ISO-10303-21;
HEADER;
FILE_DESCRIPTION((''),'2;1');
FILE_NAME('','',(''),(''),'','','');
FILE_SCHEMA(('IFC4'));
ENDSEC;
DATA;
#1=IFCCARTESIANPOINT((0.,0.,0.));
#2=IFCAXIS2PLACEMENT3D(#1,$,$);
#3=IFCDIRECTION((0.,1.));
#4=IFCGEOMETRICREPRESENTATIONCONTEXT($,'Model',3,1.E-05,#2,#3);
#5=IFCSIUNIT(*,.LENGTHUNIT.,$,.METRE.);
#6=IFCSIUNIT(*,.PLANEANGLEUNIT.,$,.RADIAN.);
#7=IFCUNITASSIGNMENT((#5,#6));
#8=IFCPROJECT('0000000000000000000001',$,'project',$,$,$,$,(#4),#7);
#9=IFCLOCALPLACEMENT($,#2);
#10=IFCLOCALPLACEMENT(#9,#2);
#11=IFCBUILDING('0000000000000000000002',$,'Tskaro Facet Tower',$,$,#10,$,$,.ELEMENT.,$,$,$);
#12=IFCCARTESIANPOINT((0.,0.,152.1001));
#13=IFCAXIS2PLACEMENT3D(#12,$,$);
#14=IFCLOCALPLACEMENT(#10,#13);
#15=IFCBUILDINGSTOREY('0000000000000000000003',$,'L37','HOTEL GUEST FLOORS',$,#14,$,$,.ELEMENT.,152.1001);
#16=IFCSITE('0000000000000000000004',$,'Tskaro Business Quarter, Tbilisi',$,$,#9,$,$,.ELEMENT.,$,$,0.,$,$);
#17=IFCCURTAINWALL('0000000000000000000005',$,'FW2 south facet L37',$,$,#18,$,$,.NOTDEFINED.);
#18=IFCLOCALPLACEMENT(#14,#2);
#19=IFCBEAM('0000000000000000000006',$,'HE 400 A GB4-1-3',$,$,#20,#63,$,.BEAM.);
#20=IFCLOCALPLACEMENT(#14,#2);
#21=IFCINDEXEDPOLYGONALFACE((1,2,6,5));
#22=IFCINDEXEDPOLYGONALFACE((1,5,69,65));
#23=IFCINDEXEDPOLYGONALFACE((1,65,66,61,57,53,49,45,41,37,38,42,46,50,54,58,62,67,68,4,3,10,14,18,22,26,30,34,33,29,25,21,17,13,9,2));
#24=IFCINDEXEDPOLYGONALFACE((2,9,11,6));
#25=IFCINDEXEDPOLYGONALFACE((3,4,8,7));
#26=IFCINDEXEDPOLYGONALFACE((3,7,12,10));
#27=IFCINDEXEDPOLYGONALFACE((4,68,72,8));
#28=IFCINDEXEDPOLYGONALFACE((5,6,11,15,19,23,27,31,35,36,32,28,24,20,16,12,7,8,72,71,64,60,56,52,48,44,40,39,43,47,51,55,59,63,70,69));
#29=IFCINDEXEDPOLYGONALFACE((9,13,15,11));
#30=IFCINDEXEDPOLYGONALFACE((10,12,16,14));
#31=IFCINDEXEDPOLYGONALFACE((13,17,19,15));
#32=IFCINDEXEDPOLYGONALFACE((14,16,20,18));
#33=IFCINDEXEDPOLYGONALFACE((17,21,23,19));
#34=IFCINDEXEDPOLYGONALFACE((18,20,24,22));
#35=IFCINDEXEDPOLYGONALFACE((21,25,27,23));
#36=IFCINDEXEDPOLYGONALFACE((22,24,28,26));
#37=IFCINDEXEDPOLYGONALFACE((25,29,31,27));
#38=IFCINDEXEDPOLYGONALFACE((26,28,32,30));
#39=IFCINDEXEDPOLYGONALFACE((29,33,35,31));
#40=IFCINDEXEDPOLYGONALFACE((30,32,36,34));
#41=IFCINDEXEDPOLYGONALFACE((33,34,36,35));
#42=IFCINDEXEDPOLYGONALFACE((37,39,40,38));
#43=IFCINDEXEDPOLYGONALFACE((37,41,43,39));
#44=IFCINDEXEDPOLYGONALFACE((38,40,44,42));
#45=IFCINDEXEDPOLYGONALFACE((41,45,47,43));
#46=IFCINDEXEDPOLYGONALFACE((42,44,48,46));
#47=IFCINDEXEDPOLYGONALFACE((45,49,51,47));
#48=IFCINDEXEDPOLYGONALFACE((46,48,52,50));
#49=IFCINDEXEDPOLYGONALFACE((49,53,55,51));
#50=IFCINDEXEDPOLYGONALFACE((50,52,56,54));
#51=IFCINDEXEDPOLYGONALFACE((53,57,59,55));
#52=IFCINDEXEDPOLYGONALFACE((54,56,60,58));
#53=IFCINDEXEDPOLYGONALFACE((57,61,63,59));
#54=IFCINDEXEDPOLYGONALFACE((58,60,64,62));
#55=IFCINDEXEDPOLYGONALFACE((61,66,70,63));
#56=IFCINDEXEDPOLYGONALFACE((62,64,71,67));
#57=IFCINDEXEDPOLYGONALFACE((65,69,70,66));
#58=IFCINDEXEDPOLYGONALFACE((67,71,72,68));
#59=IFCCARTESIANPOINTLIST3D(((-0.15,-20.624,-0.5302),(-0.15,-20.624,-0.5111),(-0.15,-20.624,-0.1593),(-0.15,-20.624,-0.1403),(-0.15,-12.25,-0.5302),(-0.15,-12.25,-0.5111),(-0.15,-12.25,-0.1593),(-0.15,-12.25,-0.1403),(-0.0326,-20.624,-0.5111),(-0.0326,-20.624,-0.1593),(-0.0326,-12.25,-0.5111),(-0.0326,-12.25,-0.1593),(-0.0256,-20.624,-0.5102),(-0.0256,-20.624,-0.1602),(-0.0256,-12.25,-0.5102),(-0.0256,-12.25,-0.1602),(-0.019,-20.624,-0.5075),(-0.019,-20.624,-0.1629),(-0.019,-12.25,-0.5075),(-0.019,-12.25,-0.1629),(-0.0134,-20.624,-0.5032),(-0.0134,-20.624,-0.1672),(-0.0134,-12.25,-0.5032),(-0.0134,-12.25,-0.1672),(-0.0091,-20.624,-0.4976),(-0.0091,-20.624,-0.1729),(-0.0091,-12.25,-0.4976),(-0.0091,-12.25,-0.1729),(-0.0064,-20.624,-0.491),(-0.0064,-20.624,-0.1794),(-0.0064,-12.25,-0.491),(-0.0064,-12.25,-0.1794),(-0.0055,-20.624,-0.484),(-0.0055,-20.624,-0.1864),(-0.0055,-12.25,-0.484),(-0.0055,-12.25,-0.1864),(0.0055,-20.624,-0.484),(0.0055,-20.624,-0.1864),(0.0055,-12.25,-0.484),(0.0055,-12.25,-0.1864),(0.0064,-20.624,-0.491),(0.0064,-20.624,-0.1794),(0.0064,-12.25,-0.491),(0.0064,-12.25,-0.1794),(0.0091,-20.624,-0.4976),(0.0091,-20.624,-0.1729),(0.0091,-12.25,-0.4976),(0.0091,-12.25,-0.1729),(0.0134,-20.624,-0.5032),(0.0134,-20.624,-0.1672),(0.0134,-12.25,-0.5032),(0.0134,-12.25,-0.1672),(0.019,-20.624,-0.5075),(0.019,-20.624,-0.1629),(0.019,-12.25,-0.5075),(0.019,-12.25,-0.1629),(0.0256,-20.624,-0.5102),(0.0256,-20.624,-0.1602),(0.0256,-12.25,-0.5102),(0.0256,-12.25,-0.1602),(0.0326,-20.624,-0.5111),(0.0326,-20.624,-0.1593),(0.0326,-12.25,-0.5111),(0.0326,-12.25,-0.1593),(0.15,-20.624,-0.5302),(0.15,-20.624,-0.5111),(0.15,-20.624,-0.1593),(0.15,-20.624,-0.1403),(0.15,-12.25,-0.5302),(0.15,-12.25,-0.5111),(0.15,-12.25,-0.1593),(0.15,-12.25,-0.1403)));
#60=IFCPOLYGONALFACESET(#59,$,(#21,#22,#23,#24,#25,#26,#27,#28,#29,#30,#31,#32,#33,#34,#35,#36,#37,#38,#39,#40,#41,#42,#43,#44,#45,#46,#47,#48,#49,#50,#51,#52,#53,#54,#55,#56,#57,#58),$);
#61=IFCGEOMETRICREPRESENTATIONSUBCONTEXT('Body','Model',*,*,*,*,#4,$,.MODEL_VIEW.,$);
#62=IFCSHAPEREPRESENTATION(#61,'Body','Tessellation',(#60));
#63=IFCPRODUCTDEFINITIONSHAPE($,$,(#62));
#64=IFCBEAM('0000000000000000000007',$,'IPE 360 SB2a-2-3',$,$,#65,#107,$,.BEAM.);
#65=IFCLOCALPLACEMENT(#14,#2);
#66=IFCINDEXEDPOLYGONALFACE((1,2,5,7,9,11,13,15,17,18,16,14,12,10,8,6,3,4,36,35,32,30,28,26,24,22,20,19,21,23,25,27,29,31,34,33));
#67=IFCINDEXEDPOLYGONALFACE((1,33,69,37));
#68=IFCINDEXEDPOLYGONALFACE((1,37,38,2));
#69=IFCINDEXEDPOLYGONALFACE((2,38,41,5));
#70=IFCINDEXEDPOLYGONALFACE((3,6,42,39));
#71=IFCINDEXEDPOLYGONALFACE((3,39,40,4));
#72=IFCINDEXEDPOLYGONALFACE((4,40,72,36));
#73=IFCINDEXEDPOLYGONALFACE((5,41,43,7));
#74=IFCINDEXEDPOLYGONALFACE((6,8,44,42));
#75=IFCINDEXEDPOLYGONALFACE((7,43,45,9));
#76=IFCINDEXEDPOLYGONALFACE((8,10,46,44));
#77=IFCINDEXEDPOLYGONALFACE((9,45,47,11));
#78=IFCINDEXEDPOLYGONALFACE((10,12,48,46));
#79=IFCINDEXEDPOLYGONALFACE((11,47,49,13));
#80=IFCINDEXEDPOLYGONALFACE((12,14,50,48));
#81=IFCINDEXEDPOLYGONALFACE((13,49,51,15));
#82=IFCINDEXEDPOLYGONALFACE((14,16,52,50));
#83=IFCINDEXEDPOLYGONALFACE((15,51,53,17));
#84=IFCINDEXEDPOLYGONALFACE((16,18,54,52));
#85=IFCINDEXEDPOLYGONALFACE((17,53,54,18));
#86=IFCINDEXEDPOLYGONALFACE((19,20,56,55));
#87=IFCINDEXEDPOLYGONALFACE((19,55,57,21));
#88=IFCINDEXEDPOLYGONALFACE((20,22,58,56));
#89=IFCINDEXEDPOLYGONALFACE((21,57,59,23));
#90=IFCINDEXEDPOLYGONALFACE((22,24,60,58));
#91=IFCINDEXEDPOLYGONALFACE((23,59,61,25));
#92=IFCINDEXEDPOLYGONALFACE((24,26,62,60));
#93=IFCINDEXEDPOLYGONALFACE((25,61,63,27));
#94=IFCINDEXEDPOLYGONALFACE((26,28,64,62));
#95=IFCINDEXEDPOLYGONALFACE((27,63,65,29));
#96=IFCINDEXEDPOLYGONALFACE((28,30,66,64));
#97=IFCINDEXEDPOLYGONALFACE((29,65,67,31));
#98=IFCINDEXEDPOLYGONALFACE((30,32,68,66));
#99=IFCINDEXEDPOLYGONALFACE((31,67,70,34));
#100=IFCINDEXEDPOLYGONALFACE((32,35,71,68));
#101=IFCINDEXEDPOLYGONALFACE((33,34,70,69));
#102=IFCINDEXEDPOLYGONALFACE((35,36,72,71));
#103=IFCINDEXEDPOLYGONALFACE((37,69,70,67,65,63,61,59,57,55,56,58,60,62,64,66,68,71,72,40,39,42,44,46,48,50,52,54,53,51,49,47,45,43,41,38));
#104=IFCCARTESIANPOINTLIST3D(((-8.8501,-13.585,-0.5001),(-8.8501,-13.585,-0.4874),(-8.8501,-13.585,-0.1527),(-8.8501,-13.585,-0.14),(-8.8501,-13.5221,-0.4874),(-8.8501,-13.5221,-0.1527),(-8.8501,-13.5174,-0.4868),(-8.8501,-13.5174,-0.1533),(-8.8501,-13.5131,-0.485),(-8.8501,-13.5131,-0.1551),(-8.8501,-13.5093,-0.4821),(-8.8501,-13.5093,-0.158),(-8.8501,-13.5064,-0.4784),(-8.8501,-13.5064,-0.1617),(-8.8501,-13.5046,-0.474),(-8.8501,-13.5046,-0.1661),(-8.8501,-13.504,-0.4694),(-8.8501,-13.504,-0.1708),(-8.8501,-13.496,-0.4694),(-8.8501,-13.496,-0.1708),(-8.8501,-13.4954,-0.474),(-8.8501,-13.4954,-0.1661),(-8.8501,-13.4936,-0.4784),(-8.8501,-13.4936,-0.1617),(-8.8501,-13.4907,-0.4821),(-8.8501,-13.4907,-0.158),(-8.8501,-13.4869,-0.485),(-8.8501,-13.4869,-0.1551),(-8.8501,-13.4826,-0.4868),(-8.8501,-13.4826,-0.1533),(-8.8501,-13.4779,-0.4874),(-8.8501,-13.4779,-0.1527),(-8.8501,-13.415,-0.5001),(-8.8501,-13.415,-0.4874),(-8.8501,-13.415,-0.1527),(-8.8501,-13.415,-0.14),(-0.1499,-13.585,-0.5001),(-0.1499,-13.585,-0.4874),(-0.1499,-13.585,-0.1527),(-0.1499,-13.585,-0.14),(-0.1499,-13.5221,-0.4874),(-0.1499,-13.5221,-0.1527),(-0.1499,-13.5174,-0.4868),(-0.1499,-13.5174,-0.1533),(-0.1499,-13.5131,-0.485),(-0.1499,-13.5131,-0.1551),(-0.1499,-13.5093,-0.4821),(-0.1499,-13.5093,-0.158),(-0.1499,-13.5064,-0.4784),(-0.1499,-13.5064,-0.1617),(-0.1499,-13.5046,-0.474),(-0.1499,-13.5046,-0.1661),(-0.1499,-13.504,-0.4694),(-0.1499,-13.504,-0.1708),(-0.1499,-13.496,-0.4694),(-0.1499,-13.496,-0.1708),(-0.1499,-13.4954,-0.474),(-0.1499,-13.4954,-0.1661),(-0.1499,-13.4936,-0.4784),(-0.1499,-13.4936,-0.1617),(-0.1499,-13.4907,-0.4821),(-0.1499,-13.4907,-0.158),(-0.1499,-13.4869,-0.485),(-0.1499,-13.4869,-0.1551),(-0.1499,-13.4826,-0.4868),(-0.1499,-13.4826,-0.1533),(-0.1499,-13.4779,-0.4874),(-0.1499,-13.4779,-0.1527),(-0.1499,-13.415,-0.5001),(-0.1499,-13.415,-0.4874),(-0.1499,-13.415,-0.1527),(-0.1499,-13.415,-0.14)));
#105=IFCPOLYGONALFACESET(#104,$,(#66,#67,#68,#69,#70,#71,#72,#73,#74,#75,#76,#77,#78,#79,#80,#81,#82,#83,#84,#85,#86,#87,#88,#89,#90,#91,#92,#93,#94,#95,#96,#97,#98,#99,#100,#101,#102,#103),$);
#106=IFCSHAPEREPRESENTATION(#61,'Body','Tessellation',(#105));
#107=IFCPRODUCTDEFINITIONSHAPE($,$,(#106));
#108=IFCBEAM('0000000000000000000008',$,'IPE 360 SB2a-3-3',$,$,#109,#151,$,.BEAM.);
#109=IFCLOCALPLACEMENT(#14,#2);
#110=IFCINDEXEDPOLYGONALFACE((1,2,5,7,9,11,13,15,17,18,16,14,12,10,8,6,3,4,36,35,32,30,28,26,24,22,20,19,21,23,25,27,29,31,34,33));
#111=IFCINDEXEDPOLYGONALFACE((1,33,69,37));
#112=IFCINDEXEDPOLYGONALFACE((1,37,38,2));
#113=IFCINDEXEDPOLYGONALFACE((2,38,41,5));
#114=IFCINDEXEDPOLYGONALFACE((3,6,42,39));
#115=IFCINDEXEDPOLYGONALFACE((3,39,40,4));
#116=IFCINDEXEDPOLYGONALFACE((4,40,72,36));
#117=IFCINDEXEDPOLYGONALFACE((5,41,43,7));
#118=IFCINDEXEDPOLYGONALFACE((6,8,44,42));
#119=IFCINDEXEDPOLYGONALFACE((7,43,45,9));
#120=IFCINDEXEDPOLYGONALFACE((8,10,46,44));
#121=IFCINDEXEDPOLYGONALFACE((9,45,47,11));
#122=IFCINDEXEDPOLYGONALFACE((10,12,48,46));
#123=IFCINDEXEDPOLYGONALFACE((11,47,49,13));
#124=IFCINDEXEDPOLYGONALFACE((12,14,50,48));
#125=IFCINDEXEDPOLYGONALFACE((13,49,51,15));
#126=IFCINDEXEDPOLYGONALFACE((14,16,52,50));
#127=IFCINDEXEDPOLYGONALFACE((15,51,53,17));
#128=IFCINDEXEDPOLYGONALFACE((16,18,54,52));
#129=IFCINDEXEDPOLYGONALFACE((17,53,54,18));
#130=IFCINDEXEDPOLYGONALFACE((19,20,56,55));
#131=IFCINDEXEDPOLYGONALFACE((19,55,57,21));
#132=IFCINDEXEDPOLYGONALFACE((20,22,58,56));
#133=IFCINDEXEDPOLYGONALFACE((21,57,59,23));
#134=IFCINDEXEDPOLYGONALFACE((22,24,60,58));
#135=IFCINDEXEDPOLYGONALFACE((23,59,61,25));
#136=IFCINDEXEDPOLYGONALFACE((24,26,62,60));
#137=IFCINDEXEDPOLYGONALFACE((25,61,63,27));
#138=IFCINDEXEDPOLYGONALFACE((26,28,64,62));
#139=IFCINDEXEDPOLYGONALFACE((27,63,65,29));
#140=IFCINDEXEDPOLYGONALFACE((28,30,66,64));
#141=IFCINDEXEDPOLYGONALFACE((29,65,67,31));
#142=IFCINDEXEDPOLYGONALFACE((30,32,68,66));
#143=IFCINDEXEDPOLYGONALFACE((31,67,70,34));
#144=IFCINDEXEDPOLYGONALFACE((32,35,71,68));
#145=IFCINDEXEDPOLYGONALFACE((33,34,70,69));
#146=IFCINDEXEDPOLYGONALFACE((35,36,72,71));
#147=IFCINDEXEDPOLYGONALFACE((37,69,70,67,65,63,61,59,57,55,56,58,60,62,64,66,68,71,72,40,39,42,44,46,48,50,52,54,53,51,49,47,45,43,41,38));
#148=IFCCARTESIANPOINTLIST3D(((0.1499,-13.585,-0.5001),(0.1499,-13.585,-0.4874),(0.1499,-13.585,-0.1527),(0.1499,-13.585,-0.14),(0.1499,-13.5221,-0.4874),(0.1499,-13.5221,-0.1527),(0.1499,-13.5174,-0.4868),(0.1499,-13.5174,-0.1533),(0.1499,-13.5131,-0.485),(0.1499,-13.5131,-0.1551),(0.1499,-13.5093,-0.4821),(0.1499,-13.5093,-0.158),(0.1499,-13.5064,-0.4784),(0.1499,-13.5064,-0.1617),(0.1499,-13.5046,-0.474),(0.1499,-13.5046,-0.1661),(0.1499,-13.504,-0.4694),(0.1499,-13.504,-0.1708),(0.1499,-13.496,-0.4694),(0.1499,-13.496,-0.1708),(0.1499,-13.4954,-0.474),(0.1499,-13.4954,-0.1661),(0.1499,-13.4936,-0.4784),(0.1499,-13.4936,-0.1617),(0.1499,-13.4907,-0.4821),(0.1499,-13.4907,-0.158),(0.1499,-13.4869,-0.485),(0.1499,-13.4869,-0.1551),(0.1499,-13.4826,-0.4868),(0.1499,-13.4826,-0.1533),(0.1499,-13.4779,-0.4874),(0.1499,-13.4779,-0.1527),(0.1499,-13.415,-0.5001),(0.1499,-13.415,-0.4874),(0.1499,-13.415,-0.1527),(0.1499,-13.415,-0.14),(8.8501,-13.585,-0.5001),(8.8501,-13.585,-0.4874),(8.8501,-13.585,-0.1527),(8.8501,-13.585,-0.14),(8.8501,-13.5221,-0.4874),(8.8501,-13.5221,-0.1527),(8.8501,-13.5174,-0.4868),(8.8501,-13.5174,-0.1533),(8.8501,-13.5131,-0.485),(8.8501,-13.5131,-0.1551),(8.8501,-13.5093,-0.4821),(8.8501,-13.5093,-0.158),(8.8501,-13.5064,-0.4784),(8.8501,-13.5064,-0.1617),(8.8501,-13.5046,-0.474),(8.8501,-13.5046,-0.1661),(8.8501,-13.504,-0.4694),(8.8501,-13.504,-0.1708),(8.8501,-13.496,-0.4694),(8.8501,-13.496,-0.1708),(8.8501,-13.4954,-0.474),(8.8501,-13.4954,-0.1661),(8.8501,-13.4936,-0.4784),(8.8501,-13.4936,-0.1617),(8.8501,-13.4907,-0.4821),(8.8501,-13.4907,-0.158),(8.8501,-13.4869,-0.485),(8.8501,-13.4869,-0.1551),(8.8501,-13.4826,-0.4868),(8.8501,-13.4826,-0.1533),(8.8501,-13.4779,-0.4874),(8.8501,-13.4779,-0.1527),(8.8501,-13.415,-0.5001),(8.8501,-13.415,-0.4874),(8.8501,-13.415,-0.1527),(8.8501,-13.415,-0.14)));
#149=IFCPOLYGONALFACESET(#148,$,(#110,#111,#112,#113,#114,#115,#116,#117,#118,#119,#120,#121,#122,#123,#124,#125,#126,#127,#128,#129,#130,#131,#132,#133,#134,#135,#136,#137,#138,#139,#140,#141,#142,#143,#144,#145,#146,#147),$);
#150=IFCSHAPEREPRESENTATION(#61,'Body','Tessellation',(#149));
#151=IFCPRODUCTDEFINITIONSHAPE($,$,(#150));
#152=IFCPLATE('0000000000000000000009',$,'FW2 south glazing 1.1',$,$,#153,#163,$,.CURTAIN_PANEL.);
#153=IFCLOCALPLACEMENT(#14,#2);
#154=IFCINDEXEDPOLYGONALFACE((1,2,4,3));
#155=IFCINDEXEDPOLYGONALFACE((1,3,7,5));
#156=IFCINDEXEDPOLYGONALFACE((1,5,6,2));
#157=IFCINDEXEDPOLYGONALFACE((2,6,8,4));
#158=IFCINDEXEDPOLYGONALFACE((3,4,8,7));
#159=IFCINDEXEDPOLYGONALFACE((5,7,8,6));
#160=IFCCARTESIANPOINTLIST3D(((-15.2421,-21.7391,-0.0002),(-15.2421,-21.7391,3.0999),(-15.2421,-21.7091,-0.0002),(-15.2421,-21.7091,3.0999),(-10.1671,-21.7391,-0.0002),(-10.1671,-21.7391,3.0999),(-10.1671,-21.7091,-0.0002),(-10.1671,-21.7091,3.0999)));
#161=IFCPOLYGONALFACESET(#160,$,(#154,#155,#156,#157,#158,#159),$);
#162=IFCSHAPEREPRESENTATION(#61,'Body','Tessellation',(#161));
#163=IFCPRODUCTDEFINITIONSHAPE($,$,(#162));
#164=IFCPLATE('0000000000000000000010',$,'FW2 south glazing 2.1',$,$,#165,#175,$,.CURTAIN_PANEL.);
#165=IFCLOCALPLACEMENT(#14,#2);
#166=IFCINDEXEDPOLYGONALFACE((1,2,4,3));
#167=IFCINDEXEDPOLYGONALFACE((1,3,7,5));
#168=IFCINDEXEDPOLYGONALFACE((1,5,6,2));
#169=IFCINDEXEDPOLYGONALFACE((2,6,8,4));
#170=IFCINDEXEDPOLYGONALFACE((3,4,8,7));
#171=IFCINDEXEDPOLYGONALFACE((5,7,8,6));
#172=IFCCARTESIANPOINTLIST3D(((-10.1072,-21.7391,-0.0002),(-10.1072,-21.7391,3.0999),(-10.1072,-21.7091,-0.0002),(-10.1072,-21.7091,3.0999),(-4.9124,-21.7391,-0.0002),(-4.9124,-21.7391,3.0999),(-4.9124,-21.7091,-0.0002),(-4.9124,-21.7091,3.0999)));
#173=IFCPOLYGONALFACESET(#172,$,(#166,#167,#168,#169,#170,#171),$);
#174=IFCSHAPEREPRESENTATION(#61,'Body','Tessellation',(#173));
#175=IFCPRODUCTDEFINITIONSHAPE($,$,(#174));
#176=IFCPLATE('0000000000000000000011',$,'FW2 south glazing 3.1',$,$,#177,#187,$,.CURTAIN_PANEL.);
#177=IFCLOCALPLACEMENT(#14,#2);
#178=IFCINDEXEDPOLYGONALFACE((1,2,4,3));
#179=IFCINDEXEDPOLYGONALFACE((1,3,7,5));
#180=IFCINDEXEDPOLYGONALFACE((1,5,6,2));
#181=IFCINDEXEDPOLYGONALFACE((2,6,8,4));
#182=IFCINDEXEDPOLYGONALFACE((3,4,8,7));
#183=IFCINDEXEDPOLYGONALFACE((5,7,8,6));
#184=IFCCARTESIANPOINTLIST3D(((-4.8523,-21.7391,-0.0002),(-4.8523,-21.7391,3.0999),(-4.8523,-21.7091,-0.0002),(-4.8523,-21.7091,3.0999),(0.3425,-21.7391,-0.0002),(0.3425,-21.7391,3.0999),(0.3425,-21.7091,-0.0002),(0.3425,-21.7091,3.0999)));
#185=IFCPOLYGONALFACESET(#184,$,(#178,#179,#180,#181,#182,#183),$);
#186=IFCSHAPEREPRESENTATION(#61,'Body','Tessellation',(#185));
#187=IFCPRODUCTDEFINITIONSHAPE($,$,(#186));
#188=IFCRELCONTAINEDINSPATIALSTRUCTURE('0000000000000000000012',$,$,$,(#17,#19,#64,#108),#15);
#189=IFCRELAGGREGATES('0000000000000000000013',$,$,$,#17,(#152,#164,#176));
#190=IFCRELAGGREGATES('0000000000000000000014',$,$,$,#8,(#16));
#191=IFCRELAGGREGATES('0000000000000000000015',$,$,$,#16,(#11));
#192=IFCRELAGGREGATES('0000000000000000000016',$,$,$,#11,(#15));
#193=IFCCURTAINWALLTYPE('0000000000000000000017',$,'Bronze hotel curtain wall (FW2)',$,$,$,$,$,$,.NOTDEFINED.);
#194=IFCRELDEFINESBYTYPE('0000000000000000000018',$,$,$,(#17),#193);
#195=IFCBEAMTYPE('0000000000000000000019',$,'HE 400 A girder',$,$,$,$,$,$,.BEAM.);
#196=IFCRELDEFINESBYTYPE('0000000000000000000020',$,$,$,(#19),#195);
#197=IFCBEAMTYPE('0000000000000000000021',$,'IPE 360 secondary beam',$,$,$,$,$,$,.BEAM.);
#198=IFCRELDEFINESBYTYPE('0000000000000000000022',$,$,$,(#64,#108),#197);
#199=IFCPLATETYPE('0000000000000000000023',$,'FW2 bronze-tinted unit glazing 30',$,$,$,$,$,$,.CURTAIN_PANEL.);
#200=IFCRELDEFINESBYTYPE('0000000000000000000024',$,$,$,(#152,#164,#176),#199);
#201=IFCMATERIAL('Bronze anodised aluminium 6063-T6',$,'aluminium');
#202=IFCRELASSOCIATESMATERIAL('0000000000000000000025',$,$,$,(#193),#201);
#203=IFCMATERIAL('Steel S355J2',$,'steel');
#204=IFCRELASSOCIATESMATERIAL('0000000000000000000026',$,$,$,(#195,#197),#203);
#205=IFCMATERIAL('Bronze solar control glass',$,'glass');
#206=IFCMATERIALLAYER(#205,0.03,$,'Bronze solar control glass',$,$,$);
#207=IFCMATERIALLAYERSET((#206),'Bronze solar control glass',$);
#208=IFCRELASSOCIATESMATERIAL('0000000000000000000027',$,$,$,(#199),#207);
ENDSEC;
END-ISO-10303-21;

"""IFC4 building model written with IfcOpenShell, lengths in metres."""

from ifc_helpers import new_model, si_unit, direction, frame, origin, origin_2d, place, context, subcontext, project, spatial, rectangle, i_section, extrude, material, layer, layer_set, material_profile, profile_set, type_object, element, aggregate, save


model = new_model("IFC4")

# Units and contexts
model_context = context("Model", 3, precision=1e-05, world=origin(), true_north=direction((0.0, 1.0)))
body_context = subcontext(model_context, "Body", "Model", "MODEL_VIEW")
ifc_project = project(units=[si_unit("LENGTHUNIT", "METRE"), si_unit("PLANEANGLEUNIT", "RADIAN")], contexts=[model_context])

# Site, building, storey
site_placement = place(None, origin())
site = spatial("IfcSite", under=ifc_project, at=site_placement, Name="Tskaro Business Quarter, Tbilisi", CompositionType="ELEMENT", RefElevation=0.0)
building_placement = place(site_placement, origin())
building = spatial("IfcBuilding", under=site, at=building_placement, Name="Tskaro Facet Tower", CompositionType="ELEMENT")
storey_placement = place(building_placement, frame((0.0, 0.0, 152.1001)))
storey = spatial("IfcBuildingStorey", under=building, at=storey_placement, Name="L37", Description="HOTEL GUEST FLOORS", CompositionType="ELEMENT", Elevation=152.1001)

# Curtain wall
ifc_material_1 = material(Name="Bronze anodised aluminium 6063-T6", Category="aluminium")
curtain_wall_type = type_object("IfcCurtainWallType", Name="Bronze hotel curtain wall (FW2)", PredefinedType="NOTDEFINED", material=ifc_material_1)
curtain_wall_placement = place(storey_placement, origin())
curtain_wall = element("IfcCurtainWall", 1, at=curtain_wall_placement, inside=storey, type_object=curtain_wall_type, Name="FW2 south facet L37", PredefinedType="NOTDEFINED")

# Beams
ifc_material_2 = material(Name="Steel S355J2", Category="steel")
ifc_material_profile_1 = material_profile(ifc_material_2, i_section(OverallWidth=0.3, OverallDepth=0.3899, WebThickness=0.011, FlangeThickness=0.019, FilletRadius=0.0271, at=origin_2d()), Name="HE 400 A")
ifc_profile_set_1 = profile_set([ifc_material_profile_1], Name="Steel S355J2")
beam_type_1 = type_object("IfcBeamType", Name="HE 400 A girder", PredefinedType="BEAM", material=ifc_profile_set_1)
for number, where, z_axis, x_axis, name in (
    (2, (0.0, -20.624, -0.3352), (0.0, 1.0, 0.0), (-1.0, 0.0, 0.0), "HE 400 A GB4-1-3"),
):
    element("IfcBeam", number, at=place(storey_placement, frame(where, z_axis=z_axis, x_axis=x_axis)), inside=storey, type_object=beam_type_1, Name=name, PredefinedType="BEAM", context=body_context, shape_type="SweptSolid", body=[
        extrude(i_section(OverallWidth=0.3, OverallDepth=0.3899, WebThickness=0.011, FlangeThickness=0.019, FilletRadius=0.0271, at=origin_2d()), origin(), (0.0, 0.0, 1.0), 8.374),
    ])
ifc_material_profile_2 = material_profile(ifc_material_2, i_section(OverallWidth=0.1699, OverallDepth=0.3601, WebThickness=0.0081, FlangeThickness=0.0127, FilletRadius=0.0181, at=origin_2d()), Name="IPE 360")
ifc_profile_set_2 = profile_set([ifc_material_profile_2], Name="Steel S355J2")
beam_type_2 = type_object("IfcBeamType", Name="IPE 360 secondary beam", PredefinedType="BEAM", material=ifc_profile_set_2)
for number, where, z_axis, x_axis, name in (
    (3, (-8.8501, -13.5, -0.3201), (1.0, 0.0, 0.0), (0.0, 1.0, 0.0), "IPE 360 SB2a-2-3"),
    (4, (0.1499, -13.5, -0.3201), (1.0, 0.0, 0.0), (0.0, 1.0, 0.0), "IPE 360 SB2a-3-3"),
):
    element("IfcBeam", number, at=place(storey_placement, frame(where, z_axis=z_axis, x_axis=x_axis)), inside=storey, type_object=beam_type_2, Name=name, PredefinedType="BEAM", context=body_context, shape_type="SweptSolid", body=[
        extrude(i_section(OverallWidth=0.1699, OverallDepth=0.3601, WebThickness=0.0081, FlangeThickness=0.0127, FilletRadius=0.0181, at=origin_2d()), origin(), (0.0, 0.0, 1.0), 8.7002),
    ])

# Plates
ifc_material_3 = material(Name="Bronze solar control glass", Category="glass")
ifc_layer_1 = layer(ifc_material_3, 0.03, Name="Bronze solar control glass")
ifc_layer_set_1 = layer_set([ifc_layer_1], Name="Bronze solar control glass")
plate_type = type_object("IfcPlateType", Name="FW2 bronze-tinted unit glazing 30", PredefinedType="CURTAIN_PANEL", material=ifc_layer_set_1)
plate_1_placement = place(storey_placement, frame((-12.7046, -21.7241, -0.0002), z_axis=(0.0, 0.0, 1.0), x_axis=(1.0, 0.0, 0.0)))
plate_1 = element("IfcPlate", 5, at=plate_1_placement, type_object=plate_type, Name="FW2 south glazing 1.1", PredefinedType="CURTAIN_PANEL", context=body_context, shape_type="SweptSolid", body=[
    extrude(rectangle(XDim=5.075, YDim=0.03, at=origin_2d()), origin(), (0.0, 0.0, 1.0), 3.1001),
])
plate_2_placement = place(storey_placement, frame((-7.5098, -21.7241, -0.0002), z_axis=(0.0, 0.0, 1.0), x_axis=(1.0, 0.0, 0.0)))
plate_2 = element("IfcPlate", 6, at=plate_2_placement, type_object=plate_type, Name="FW2 south glazing 2.1", PredefinedType="CURTAIN_PANEL", context=body_context, shape_type="SweptSolid", body=[
    extrude(rectangle(XDim=5.1948, YDim=0.03, at=origin_2d()), origin(), (0.0, 0.0, 1.0), 3.1001),
])
plate_3_placement = place(storey_placement, frame((-2.2549, -21.7241, -0.0002), z_axis=(0.0, 0.0, 1.0), x_axis=(1.0, 0.0, 0.0)))
plate_3 = element("IfcPlate", 7, at=plate_3_placement, type_object=plate_type, Name="FW2 south glazing 3.1", PredefinedType="CURTAIN_PANEL", context=body_context, shape_type="SweptSolid", body=[
    extrude(rectangle(XDim=5.1948, YDim=0.03, at=origin_2d()), origin(), (0.0, 0.0, 1.0), 3.1001),
])
aggregate(curtain_wall, [plate_1, plate_2, plate_3])

save(model, "model.ifc")
